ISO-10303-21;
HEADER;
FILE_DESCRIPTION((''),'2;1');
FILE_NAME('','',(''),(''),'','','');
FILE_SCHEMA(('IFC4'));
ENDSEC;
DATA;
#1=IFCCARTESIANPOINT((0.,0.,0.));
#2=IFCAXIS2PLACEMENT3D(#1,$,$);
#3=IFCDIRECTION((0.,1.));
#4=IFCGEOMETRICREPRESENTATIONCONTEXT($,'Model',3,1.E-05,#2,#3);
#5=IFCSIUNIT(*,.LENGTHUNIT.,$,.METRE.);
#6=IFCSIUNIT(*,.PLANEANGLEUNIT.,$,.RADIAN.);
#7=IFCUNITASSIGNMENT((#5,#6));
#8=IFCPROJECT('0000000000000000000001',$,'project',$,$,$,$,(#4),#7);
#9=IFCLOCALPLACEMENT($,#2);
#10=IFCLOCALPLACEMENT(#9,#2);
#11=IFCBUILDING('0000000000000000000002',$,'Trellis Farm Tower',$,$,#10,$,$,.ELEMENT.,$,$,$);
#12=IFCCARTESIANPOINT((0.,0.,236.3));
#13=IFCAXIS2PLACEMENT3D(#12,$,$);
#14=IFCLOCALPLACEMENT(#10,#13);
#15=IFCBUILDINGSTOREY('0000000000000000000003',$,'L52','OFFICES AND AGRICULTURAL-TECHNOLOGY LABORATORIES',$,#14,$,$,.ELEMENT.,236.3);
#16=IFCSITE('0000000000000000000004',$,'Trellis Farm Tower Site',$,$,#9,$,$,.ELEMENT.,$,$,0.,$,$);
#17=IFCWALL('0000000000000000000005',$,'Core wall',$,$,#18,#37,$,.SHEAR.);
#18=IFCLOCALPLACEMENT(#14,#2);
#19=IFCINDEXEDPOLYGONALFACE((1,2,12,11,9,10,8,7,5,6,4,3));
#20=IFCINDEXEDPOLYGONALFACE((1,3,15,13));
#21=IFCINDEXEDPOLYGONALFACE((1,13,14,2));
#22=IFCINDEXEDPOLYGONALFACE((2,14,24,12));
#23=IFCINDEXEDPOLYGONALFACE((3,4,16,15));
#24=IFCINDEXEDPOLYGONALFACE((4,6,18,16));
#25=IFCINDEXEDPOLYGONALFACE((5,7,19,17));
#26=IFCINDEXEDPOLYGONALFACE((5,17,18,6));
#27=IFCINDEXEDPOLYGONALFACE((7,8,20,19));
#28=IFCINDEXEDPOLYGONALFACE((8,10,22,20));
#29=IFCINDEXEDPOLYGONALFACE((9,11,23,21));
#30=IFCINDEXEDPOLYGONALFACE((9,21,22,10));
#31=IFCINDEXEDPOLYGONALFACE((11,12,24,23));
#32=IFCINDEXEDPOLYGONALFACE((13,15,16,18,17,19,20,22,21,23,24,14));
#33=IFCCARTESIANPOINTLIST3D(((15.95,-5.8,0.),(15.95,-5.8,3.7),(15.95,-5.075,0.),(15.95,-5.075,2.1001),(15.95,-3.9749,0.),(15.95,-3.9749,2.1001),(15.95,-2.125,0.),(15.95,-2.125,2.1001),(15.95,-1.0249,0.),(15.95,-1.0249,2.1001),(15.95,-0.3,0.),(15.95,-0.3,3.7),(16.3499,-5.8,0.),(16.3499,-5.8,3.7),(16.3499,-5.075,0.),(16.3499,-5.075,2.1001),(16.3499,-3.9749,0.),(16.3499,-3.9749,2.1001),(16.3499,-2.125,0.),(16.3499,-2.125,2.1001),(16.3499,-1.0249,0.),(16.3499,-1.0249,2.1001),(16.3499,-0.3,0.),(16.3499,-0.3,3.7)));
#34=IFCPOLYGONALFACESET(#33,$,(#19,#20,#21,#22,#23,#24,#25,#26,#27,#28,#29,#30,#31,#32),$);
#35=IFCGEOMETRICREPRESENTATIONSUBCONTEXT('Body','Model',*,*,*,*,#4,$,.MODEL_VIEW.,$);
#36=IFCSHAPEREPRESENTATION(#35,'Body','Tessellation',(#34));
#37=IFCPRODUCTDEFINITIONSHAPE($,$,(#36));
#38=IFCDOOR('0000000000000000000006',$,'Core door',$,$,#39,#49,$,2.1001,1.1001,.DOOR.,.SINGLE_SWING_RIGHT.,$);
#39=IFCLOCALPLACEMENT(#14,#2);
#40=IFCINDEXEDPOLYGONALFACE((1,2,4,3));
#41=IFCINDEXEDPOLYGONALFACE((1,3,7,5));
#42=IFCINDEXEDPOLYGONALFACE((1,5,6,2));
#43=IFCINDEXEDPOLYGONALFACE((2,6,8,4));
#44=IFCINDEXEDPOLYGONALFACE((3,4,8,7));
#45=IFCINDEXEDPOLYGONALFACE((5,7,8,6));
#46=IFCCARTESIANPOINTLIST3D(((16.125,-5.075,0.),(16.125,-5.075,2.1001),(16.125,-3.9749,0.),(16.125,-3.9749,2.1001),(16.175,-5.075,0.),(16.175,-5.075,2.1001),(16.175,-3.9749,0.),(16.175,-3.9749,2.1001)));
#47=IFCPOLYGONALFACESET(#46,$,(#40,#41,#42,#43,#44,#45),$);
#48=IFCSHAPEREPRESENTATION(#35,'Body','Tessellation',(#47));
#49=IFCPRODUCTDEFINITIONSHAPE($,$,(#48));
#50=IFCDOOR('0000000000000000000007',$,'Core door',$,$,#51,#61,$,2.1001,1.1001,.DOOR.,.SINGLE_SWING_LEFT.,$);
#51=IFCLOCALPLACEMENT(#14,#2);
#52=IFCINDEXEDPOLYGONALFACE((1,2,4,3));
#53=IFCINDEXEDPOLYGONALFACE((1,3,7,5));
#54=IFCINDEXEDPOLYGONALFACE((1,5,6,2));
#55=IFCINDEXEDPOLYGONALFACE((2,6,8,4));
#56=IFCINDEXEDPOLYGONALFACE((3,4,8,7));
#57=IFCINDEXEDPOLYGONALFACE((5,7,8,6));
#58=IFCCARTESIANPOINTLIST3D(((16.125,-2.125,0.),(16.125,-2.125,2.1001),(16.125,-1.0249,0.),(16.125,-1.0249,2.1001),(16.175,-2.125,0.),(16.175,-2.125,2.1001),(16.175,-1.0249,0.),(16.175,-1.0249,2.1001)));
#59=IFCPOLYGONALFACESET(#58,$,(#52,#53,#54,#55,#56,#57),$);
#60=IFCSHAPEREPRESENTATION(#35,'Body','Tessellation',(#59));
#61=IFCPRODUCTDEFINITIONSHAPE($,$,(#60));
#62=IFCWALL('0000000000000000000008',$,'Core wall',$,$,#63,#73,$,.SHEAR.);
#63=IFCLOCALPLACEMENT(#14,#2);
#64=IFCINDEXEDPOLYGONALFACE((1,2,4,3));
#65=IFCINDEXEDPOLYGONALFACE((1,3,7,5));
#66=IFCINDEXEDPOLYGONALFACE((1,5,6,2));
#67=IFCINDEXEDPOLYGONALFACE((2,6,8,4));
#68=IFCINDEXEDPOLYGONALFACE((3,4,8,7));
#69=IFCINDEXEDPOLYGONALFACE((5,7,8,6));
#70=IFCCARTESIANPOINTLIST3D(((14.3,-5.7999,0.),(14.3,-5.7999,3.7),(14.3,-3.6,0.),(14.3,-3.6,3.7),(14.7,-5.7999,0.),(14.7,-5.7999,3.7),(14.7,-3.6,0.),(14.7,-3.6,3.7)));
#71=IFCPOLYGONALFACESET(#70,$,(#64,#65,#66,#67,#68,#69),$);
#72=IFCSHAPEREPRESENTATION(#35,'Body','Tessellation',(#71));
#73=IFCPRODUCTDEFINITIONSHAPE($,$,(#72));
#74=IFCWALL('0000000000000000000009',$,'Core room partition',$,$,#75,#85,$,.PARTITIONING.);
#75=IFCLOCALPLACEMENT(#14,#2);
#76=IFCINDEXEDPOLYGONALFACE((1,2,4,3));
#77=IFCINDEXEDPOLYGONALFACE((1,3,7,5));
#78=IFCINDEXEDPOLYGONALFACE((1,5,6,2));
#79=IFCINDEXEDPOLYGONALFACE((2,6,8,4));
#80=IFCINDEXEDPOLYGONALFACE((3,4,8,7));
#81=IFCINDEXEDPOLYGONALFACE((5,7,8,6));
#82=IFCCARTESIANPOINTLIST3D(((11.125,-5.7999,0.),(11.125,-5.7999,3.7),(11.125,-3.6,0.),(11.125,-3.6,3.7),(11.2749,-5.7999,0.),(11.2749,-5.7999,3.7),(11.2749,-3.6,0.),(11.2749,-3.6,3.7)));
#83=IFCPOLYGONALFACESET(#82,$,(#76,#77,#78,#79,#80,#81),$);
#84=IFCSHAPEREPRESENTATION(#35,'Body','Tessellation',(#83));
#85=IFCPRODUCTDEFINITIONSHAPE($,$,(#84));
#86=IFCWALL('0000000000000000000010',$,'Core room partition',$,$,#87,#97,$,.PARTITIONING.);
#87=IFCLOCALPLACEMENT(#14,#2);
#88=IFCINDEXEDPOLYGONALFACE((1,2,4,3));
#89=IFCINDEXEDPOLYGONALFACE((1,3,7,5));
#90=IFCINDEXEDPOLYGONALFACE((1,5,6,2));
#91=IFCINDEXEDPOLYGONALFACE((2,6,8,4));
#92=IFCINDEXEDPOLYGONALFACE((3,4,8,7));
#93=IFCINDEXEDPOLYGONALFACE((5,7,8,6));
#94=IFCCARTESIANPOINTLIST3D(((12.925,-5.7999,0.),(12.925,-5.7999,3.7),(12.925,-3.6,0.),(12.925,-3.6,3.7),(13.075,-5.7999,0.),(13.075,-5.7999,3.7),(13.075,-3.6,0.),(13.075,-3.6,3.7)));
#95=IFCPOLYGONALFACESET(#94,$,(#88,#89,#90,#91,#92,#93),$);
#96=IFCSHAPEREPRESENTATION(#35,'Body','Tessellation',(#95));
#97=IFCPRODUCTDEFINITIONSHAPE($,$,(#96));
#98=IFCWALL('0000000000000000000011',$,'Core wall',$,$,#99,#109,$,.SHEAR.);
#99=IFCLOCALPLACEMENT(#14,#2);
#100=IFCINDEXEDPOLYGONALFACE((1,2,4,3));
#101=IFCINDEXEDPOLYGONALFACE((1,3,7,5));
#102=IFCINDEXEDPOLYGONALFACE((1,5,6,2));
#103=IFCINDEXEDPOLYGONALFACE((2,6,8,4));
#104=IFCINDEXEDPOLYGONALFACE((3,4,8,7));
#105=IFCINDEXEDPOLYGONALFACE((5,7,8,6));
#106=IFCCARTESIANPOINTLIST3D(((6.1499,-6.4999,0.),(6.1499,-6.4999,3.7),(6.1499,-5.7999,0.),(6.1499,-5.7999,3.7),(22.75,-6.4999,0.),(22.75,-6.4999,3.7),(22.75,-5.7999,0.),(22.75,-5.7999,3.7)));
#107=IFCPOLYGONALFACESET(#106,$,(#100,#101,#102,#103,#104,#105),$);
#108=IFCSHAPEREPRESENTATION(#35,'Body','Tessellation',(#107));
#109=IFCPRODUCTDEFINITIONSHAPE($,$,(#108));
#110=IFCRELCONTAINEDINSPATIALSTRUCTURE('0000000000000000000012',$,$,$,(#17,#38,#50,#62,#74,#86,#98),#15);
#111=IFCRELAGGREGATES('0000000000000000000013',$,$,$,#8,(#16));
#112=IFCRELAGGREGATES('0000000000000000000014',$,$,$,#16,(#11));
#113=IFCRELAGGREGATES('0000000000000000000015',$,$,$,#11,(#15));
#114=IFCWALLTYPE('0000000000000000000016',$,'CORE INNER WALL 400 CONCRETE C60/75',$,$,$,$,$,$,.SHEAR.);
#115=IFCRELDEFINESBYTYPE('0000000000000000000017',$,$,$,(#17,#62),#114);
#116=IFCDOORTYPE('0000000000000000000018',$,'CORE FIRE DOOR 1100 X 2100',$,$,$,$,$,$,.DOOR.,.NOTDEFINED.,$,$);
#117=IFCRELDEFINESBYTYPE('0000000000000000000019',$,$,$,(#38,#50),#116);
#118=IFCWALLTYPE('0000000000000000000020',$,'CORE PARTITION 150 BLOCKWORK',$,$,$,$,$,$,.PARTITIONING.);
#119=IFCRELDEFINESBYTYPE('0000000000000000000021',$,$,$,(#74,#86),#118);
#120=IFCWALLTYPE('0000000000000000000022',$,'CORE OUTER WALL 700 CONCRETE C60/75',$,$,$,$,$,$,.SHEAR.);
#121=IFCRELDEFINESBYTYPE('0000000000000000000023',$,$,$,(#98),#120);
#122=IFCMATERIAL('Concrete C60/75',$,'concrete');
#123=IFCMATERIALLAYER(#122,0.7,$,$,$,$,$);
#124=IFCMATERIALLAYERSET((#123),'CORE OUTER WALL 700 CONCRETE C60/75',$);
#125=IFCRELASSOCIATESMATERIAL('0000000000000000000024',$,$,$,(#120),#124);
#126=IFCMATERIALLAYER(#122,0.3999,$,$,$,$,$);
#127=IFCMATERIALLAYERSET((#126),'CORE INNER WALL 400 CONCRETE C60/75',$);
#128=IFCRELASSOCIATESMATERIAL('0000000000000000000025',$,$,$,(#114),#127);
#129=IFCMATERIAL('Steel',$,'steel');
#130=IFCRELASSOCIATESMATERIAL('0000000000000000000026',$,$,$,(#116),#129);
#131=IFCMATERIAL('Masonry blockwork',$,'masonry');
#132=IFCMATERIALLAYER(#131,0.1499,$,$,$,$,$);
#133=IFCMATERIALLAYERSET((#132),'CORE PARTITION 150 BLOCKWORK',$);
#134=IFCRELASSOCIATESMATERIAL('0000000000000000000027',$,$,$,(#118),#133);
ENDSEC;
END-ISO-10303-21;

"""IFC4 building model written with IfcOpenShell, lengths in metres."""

from ifc_helpers import new_model, si_unit, direction, frame, frame_2d, origin, place, context, subcontext, project, spatial, rectangle, extrude, source, transform, mapped, material, layer, layer_set, type_object, element, fill, save


model = new_model("IFC4")

# Units and contexts
model_context = context("Model", 3, precision=1e-05, world=origin(), true_north=direction((0.0, 1.0)))
body_context = subcontext(model_context, "Body", "Model", "MODEL_VIEW")
ifc_project = project(units=[si_unit("LENGTHUNIT", "METRE"), si_unit("PLANEANGLEUNIT", "RADIAN")], contexts=[model_context])

# Site, building, storey
site_placement = place(None, origin())
site = spatial("IfcSite", under=ifc_project, at=site_placement, Name="Trellis Farm Tower Site", CompositionType="ELEMENT", RefElevation=0.0)
building_placement = place(site_placement, origin())
building = spatial("IfcBuilding", under=site, at=building_placement, Name="Trellis Farm Tower", CompositionType="ELEMENT")
storey_placement = place(building_placement, frame((0.0, 0.0, 236.3)))
storey = spatial("IfcBuildingStorey", under=building, at=storey_placement, Name="L52", Description="OFFICES AND AGRICULTURAL-TECHNOLOGY LABORATORIES", CompositionType="ELEMENT", Elevation=236.3)

# Shared definitions
ifc_material_1 = material(Name="Concrete C60/75", Category="concrete")

# Shared definitions
ifc_layer_1 = layer(ifc_material_1, 0.7)
ifc_layer_set_1 = layer_set([ifc_layer_1], Name="CORE OUTER WALL 700 CONCRETE C60/75")
wall_type_1 = type_object("IfcWallType", Name="CORE OUTER WALL 700 CONCRETE C60/75", PredefinedType="SHEAR", material=ifc_layer_set_1)
ifc_material_2 = material(Name="Steel", Category="steel")

# Wall, openings, doors
ifc_layer_2 = layer(ifc_material_1, 0.3999)
ifc_layer_set_2 = layer_set([ifc_layer_2], Name="CORE INNER WALL 400 CONCRETE C60/75")
wall_type_2 = type_object("IfcWallType", Name="CORE INNER WALL 400 CONCRETE C60/75", PredefinedType="SHEAR", material=ifc_layer_set_2)
shared_shape_1 = source(origin(), body_context, "Body", "SweptSolid", [
    extrude(rectangle(XDim=5.5, YDim=0.3999, at=frame_2d((2.75, 0.0))), origin(), (0.0, 0.0, 1.0), 3.7),
])
wall_1_placement = place(storey_placement, frame((16.1499, -5.8, 0.0), z_axis=(0.0, 0.0, 1.0), x_axis=(0.0, 1.0, 0.0)))
wall_1 = element("IfcWall", 1, at=wall_1_placement, inside=storey, type_object=wall_type_2, Name="Core wall", PredefinedType="SHEAR", context=body_context, shape_type="MappedRepresentation", body=[
    mapped(shared_shape_1, transform((0.0, 0.0, 0.0))),
])
shared_shape_2 = source(origin(), body_context, "Body", "SweptSolid", [
    extrude(rectangle(XDim=1.1001, YDim=2.1001, at=frame_2d((0.55, 1.05))), frame((0.0, 0.21, 0.0), z_axis=(0.0, -1.0, 0.0), x_axis=(1.0, 0.0, 0.0)), (0.0, 0.0, 1.0), 0.4199),
])
opening_1_placement = place(wall_1_placement, frame((0.7251, 0.0, 0.0)))
opening_1 = element("IfcOpeningElement", 2, at=opening_1_placement, cuts=wall_1, PredefinedType="OPENING", context=body_context, shape_type="MappedRepresentation", body=[
    mapped(shared_shape_2, transform((0.0, 0.0, 0.0))),
])
opening_2_placement = place(wall_1_placement, frame((3.675, 0.0, 0.0)))
opening_2 = element("IfcOpeningElement", 3, at=opening_2_placement, cuts=wall_1, PredefinedType="OPENING", context=body_context, shape_type="MappedRepresentation", body=[
    mapped(shared_shape_2, transform((0.0, 0.0, 0.0))),
])
door_type_1 = type_object("IfcDoorType", Name="CORE FIRE DOOR 1100 X 2100", OperationType="NOTDEFINED", PredefinedType="DOOR", material=ifc_material_2)
shared_shape_3 = source(origin(), body_context, "Body", "SweptSolid", [
    extrude(rectangle(XDim=1.1001, YDim=2.1001, at=frame_2d((0.55, 1.05))), frame((0.0, 0.0249, 0.0), z_axis=(0.0, -1.0, 0.0), x_axis=(1.0, 0.0, 0.0)), (0.0, 0.0, 1.0), 0.05),
])
door_1_placement = place(opening_1_placement, origin())
door_1 = element("IfcDoor", 4, at=door_1_placement, inside=storey, type_object=door_type_1, Name="Core door", OperationType="SINGLE_SWING_RIGHT", OverallHeight=2.1001, OverallWidth=1.1001, PredefinedType="DOOR", context=body_context, shape_type="MappedRepresentation", body=[
    mapped(shared_shape_3, transform((0.0, 0.0, 0.0))),
])
fill(opening_1, door_1)
door_2_placement = place(opening_2_placement, origin())
door_2 = element("IfcDoor", 5, at=door_2_placement, inside=storey, type_object=door_type_1, Name="Core door", OperationType="SINGLE_SWING_LEFT", OverallHeight=2.1001, OverallWidth=1.1001, PredefinedType="DOOR", context=body_context, shape_type="MappedRepresentation", body=[
    mapped(shared_shape_3, transform((0.0, 0.0, 0.0))),
])
fill(opening_2, door_2)

# Walls
shared_shape_4 = source(origin(), body_context, "Body", "SweptSolid", [
    extrude(rectangle(XDim=2.2, YDim=0.3999, at=frame_2d((1.1001, 0.0))), origin(), (0.0, 0.0, 1.0), 3.7),
])
wall_2_placement = place(storey_placement, frame((14.5, -5.8, 0.0), z_axis=(0.0, 0.0, 1.0), x_axis=(0.0, 1.0, 0.0)))
element("IfcWall", 6, at=wall_2_placement, inside=storey, type_object=wall_type_2, Name="Core wall", PredefinedType="SHEAR", context=body_context, shape_type="MappedRepresentation", body=[
    mapped(shared_shape_4, transform((0.0, 0.0, 0.0))),
])
ifc_material_3 = material(Name="Masonry blockwork", Category="masonry")
ifc_layer_3 = layer(ifc_material_3, 0.1499)
ifc_layer_set_3 = layer_set([ifc_layer_3], Name="CORE PARTITION 150 BLOCKWORK")
wall_type_3 = type_object("IfcWallType", Name="CORE PARTITION 150 BLOCKWORK", PredefinedType="PARTITIONING", material=ifc_layer_set_3)
shared_shape_5 = source(origin(), body_context, "Body", "SweptSolid", [
    extrude(rectangle(XDim=2.2, YDim=0.1499, at=frame_2d((1.1001, 0.0))), origin(), (0.0, 0.0, 1.0), 3.7),
])
for number, where, z_axis, x_axis, name in (
    (7, (11.2, -5.8, 0.0), (0.0, 0.0, 1.0), (0.0, 1.0, 0.0), "Core room partition"),
    (8, (13.0, -5.8, 0.0), (0.0, 0.0, 1.0), (0.0, 1.0, 0.0), "Core room partition"),
):
    element("IfcWall", number, at=place(storey_placement, frame(where, z_axis=z_axis, x_axis=x_axis)), inside=storey, type_object=wall_type_3, Name=name, PredefinedType="PARTITIONING", context=body_context, shape_type="MappedRepresentation", body=[
        mapped(shared_shape_5, transform((0.0, 0.0, 0.0))),
    ])
shared_shape_6 = source(origin(), body_context, "Body", "SweptSolid", [
    extrude(rectangle(XDim=16.6001, YDim=0.7, at=frame_2d((8.3, 0.0))), origin(), (0.0, 0.0, 1.0), 3.7),
])
wall_3_placement = place(storey_placement, frame((6.1499, -6.1499, 0.0), z_axis=(0.0, 0.0, 1.0), x_axis=(1.0, 0.0, 0.0)))
element("IfcWall", 9, at=wall_3_placement, inside=storey, type_object=wall_type_1, Name="Core wall", PredefinedType="SHEAR", context=body_context, shape_type="MappedRepresentation", body=[
    mapped(shared_shape_6, transform((0.0, 0.0, 0.0))),
])

save(model, "model.ifc")
